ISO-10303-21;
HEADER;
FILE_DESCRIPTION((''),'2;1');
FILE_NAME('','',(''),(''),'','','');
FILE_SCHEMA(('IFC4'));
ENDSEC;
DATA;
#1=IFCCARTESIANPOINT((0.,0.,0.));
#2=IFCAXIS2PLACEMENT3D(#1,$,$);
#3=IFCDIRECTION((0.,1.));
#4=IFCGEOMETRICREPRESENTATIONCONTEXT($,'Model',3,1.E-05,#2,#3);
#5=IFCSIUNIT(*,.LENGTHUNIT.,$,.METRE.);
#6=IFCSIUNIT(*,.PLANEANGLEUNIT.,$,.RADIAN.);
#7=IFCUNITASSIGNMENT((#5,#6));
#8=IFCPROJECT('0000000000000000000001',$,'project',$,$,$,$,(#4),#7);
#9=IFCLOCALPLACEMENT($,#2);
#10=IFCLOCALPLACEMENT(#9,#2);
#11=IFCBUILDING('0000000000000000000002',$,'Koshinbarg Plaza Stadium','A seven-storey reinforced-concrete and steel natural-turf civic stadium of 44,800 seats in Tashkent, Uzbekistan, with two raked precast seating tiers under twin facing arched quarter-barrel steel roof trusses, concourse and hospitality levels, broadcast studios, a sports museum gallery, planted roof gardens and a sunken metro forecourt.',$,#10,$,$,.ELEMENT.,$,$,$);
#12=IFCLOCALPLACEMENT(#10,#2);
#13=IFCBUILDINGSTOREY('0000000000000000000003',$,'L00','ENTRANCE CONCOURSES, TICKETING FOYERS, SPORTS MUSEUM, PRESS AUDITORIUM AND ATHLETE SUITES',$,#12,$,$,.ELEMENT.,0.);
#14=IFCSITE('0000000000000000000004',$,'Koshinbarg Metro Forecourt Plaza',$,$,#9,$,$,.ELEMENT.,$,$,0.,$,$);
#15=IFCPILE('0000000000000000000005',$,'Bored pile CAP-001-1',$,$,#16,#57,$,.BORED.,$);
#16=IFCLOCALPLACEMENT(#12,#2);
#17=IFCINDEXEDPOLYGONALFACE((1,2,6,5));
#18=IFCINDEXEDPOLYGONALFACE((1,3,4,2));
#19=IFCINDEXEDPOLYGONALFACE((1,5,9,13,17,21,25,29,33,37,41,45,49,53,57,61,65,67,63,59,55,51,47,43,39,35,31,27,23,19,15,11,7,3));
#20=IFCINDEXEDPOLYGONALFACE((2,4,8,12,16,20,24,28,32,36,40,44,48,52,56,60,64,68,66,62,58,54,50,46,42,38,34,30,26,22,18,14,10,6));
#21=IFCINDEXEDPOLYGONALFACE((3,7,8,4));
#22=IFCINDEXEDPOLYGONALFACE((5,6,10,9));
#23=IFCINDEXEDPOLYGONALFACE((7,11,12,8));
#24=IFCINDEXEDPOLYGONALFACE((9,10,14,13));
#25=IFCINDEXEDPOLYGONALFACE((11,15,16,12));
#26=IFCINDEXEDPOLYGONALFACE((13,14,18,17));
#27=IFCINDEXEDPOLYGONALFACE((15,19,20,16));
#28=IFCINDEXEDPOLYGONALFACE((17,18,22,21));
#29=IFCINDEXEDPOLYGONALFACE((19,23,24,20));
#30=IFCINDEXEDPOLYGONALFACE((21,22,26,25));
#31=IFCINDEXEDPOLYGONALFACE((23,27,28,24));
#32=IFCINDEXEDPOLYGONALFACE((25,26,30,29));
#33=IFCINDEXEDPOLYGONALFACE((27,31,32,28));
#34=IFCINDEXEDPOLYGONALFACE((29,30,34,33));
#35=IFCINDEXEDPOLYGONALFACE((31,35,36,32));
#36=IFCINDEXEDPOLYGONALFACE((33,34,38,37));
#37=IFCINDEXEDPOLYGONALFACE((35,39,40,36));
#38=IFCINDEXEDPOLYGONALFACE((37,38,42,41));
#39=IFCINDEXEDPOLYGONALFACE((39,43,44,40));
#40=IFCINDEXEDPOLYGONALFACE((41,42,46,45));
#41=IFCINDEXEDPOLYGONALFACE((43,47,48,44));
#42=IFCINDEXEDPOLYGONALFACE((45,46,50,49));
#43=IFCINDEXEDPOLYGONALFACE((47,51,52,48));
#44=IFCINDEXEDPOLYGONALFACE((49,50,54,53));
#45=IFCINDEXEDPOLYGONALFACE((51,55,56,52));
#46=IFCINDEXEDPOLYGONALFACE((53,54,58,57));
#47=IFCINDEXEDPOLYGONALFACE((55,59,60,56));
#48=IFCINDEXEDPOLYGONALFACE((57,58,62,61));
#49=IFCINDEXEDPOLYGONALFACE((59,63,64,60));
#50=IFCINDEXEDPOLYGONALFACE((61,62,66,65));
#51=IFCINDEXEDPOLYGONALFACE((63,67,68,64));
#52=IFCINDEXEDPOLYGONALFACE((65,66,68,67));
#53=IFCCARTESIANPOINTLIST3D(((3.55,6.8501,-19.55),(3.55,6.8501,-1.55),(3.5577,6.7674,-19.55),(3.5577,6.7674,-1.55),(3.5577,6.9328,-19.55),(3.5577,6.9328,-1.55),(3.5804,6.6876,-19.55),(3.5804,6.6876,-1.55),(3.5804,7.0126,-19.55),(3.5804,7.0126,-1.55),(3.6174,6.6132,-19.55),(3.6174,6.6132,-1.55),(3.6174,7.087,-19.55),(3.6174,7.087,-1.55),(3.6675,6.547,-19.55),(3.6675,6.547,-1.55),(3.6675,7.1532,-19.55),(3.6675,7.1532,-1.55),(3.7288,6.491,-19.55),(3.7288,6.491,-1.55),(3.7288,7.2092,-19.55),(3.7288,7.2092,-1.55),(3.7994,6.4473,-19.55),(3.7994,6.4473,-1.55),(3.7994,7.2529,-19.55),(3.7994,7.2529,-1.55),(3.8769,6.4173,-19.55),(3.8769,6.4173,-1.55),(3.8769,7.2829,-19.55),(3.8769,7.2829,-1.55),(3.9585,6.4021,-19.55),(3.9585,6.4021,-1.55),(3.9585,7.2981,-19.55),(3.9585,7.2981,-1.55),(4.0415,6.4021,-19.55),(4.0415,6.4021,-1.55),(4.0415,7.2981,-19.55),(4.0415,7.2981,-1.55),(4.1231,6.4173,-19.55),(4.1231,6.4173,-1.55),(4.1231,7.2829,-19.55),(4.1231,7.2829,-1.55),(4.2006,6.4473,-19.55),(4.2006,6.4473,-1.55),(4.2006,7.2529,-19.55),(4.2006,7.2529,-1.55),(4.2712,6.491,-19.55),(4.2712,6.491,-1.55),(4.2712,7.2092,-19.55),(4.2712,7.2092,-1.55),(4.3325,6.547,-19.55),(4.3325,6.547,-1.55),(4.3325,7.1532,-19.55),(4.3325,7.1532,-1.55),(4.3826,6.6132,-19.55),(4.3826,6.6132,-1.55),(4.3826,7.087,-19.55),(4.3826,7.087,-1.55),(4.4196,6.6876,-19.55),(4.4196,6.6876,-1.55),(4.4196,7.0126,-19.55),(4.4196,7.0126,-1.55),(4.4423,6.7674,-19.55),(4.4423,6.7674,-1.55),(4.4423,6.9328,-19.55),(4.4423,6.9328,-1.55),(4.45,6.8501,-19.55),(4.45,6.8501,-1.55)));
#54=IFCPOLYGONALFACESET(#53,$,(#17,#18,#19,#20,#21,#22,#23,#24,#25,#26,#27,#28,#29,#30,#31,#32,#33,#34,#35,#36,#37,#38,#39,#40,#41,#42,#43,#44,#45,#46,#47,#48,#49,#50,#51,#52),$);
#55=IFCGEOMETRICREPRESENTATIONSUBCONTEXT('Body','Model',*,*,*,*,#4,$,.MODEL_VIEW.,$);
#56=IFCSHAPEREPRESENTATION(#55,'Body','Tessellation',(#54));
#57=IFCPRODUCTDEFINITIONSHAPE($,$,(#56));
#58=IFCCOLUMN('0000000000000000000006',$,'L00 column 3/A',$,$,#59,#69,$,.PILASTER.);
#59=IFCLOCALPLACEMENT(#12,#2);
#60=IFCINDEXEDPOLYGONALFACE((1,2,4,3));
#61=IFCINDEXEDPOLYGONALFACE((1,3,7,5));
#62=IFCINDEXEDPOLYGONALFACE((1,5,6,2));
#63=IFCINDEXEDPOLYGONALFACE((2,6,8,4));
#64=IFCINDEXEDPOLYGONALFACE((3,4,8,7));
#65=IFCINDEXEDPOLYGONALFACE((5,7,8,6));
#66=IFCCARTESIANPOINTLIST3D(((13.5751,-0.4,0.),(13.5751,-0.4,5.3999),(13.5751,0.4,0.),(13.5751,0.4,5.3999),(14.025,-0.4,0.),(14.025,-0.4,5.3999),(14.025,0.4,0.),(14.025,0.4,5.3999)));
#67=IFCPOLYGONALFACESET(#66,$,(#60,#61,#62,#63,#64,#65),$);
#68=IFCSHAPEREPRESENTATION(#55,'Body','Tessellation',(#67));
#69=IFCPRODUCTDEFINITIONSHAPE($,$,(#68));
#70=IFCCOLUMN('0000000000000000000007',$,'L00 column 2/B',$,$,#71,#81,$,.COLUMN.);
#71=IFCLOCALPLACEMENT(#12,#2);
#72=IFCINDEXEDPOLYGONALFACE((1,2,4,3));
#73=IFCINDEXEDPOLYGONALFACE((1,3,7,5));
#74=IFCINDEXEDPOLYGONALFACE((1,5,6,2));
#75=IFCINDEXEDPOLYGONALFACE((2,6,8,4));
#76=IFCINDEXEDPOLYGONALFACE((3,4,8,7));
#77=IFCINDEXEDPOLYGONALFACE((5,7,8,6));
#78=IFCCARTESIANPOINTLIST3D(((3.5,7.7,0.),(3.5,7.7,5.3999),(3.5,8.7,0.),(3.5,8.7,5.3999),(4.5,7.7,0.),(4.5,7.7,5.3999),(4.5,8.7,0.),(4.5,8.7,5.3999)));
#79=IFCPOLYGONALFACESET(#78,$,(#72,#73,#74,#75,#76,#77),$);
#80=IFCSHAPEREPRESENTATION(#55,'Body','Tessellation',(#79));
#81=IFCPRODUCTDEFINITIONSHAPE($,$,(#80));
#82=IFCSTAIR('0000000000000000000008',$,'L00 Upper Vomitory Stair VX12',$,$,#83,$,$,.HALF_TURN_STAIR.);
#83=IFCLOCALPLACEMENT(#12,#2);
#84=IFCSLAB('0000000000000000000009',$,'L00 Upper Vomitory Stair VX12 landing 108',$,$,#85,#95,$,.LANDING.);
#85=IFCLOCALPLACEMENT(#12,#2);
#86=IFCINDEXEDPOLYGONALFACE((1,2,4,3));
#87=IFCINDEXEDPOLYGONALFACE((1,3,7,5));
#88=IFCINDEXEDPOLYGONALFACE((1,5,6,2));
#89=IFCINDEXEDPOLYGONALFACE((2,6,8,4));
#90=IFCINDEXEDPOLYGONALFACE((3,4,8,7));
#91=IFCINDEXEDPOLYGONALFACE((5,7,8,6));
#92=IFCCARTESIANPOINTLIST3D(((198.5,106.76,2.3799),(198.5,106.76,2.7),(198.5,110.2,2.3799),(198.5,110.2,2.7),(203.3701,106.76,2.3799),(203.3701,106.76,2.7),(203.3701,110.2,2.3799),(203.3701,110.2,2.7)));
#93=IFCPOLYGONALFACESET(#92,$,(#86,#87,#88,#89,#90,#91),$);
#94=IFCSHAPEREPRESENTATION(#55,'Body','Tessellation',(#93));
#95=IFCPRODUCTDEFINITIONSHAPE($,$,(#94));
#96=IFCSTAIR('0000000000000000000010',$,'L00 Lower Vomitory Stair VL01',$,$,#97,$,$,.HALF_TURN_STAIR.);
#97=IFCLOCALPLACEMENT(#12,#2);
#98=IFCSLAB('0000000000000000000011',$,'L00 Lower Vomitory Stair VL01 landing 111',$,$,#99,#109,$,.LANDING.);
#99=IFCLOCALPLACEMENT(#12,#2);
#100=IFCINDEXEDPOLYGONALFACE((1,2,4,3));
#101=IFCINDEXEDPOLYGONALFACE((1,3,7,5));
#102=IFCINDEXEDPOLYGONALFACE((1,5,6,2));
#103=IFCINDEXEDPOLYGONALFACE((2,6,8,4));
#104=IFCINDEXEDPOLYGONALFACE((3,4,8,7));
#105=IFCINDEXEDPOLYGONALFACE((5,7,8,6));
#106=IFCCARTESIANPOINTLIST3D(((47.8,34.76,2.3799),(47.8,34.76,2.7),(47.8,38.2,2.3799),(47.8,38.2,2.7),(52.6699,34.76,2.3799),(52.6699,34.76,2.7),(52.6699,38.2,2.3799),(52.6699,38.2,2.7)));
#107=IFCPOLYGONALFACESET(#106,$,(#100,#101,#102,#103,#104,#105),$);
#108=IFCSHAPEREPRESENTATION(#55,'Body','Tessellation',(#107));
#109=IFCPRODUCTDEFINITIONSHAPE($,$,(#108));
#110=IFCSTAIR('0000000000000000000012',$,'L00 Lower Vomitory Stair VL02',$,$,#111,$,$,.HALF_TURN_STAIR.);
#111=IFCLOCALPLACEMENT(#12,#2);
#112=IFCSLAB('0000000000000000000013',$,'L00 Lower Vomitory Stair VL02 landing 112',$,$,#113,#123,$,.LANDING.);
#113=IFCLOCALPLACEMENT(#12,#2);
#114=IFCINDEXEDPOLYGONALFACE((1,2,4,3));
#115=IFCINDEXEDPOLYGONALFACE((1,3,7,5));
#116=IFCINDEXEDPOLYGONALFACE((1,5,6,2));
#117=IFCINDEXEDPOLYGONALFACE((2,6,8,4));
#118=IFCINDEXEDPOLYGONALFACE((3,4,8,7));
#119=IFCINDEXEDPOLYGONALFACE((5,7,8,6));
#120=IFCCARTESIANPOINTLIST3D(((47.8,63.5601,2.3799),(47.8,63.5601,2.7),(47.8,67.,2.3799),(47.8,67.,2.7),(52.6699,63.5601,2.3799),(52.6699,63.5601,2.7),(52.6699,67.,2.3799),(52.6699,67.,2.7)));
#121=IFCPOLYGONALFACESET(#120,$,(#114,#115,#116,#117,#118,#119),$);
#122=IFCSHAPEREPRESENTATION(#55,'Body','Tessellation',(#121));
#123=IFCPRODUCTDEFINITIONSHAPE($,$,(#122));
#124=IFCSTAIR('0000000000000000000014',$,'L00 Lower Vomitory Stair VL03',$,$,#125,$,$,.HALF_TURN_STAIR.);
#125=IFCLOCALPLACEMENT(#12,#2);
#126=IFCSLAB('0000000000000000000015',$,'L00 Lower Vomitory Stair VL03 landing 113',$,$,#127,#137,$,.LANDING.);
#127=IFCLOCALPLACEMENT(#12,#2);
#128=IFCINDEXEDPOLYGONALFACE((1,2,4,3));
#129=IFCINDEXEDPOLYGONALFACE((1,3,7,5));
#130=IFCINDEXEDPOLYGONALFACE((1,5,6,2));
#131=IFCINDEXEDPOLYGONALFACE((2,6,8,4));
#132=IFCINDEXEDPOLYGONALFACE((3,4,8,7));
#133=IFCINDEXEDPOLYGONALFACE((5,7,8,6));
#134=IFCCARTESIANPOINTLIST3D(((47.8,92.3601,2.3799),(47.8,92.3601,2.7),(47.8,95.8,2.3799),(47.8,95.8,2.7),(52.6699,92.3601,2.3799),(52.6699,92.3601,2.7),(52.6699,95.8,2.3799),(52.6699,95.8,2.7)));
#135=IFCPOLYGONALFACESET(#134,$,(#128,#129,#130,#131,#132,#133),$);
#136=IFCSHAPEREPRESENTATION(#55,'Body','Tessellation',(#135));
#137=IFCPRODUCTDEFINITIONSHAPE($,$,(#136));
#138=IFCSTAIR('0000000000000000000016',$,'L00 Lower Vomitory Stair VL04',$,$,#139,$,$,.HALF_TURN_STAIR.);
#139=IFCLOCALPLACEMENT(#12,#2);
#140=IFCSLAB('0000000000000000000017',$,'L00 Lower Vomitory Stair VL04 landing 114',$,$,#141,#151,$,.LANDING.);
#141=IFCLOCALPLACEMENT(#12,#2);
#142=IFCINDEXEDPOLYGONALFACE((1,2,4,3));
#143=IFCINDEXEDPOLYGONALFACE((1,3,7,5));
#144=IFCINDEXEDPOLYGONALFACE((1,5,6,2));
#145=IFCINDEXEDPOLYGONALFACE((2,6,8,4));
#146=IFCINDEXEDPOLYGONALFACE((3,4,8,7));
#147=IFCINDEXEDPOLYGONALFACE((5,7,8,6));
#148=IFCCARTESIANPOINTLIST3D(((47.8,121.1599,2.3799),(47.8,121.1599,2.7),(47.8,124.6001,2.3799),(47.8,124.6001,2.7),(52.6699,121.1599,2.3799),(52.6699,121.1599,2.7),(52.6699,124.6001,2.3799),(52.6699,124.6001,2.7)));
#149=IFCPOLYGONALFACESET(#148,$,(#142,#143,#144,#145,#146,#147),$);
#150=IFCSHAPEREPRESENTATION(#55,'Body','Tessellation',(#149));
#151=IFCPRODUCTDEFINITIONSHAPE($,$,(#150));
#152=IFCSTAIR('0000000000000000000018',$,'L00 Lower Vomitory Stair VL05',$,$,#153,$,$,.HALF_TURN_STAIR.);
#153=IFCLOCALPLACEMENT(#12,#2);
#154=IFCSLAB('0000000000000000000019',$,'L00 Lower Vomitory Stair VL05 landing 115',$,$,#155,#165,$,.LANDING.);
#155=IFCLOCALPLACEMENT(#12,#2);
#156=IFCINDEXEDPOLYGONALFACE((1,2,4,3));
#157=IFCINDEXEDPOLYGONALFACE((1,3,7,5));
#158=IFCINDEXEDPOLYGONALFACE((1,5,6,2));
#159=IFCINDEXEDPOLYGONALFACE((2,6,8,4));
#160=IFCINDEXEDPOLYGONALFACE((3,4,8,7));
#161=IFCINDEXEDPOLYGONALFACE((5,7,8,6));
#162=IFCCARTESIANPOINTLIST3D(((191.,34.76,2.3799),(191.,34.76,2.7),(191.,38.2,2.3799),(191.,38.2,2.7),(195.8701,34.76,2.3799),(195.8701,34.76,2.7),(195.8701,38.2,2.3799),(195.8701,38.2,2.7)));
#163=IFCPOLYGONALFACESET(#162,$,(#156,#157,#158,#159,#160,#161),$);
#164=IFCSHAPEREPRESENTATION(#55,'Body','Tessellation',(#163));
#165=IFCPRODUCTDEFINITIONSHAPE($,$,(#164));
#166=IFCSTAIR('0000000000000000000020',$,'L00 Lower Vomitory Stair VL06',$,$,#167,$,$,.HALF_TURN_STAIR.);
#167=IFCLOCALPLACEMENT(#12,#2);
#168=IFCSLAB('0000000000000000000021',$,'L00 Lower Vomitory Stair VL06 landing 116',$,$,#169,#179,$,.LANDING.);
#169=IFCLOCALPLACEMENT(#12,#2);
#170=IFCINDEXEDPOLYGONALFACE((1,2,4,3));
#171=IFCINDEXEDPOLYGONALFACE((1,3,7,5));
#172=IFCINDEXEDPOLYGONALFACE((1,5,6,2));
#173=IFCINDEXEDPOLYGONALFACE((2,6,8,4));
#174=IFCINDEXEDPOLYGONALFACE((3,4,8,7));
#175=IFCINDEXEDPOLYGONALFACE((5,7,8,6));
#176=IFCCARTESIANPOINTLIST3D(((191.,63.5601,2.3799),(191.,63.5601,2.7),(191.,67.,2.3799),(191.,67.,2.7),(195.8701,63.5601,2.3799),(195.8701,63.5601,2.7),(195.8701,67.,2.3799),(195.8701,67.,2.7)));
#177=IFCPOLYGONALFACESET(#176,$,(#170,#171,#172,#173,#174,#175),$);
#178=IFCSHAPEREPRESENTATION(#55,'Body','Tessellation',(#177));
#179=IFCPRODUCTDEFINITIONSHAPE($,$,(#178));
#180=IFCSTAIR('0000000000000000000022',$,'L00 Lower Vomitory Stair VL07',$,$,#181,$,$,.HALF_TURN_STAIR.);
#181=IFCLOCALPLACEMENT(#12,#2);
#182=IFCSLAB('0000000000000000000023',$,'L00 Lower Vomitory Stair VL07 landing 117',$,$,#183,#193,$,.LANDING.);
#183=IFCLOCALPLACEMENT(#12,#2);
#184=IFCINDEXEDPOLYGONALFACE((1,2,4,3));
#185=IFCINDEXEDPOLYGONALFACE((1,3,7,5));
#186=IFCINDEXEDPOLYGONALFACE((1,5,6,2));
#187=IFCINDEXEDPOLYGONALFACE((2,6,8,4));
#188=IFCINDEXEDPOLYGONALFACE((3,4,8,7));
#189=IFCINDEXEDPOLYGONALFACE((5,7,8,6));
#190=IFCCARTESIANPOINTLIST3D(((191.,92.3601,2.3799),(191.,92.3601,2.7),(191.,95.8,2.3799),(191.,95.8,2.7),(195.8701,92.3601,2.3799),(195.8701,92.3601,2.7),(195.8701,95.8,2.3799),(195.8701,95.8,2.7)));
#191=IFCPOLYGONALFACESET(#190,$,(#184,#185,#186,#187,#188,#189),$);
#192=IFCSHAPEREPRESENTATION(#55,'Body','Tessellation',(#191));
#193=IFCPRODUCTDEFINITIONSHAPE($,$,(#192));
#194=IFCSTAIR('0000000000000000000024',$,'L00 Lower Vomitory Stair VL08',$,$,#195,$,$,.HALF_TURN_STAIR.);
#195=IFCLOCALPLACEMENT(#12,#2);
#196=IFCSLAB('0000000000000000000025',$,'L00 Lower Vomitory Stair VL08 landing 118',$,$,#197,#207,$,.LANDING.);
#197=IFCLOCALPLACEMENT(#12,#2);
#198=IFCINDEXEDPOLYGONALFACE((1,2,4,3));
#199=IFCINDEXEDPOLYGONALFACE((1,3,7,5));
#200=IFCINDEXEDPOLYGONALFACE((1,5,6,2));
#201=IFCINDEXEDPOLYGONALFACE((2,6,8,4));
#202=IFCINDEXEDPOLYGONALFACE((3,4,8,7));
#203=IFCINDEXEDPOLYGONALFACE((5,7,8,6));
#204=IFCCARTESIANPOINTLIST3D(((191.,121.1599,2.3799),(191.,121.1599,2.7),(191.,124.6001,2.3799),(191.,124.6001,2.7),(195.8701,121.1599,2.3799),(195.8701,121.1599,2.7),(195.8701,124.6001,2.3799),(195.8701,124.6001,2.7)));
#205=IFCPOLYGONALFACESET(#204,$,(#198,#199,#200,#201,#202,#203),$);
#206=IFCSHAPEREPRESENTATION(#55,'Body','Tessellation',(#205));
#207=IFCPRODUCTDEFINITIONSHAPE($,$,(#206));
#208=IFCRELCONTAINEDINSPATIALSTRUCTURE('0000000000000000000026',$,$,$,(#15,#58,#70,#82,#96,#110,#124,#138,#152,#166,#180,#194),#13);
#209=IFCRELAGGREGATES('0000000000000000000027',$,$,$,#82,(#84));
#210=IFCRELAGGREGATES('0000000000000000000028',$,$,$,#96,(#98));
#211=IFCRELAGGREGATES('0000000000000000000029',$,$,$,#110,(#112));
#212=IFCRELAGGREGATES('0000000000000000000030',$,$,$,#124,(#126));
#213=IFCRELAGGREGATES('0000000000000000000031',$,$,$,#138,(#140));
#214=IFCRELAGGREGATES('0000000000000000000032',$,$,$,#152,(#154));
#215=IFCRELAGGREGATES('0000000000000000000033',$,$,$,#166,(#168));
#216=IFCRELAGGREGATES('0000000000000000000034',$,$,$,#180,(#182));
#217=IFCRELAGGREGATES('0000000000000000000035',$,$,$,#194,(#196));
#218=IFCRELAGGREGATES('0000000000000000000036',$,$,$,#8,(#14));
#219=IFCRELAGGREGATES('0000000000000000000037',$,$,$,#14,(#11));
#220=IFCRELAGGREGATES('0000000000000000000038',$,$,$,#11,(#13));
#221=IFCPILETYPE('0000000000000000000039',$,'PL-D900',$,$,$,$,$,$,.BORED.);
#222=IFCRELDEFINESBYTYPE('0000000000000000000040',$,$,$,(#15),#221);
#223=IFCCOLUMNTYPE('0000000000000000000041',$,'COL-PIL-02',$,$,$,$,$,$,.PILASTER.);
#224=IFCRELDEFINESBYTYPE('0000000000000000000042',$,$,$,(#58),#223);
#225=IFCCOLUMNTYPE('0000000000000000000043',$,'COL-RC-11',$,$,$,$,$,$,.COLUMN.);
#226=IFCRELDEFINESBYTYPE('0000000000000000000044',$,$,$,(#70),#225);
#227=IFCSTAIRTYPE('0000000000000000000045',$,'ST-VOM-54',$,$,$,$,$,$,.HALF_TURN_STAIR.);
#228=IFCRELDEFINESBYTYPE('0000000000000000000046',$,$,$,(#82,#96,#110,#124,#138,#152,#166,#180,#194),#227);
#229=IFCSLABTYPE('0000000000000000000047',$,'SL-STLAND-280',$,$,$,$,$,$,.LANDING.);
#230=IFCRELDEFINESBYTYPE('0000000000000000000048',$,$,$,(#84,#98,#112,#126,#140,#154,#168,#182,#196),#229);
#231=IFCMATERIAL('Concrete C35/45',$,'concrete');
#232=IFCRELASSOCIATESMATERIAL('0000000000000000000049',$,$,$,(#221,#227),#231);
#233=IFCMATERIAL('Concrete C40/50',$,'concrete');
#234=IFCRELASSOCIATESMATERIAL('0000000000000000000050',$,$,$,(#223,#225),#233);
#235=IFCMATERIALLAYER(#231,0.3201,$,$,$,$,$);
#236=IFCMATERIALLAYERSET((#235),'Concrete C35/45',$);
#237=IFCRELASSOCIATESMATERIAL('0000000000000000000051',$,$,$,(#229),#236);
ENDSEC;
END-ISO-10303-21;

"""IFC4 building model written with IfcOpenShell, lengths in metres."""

from ifc_helpers import new_model, si_unit, direction, frame, origin, origin_2d, place, context, subcontext, project, spatial, polyline, rectangle, circle, outline, extrude, material, layer, layer_set, material_profile, profile_set, type_object, element, aggregate, save


model = new_model("IFC4")

# Units and contexts
model_context = context("Model", 3, precision=1e-05, world=origin(), true_north=direction((0.0, 1.0)))
body_context = subcontext(model_context, "Body", "Model", "MODEL_VIEW")
ifc_project = project(units=[si_unit("LENGTHUNIT", "METRE"), si_unit("PLANEANGLEUNIT", "RADIAN")], contexts=[model_context])

# Site, building, storey
site_placement = place(None, origin())
site = spatial("IfcSite", under=ifc_project, at=site_placement, Name="Koshinbarg Metro Forecourt Plaza", CompositionType="ELEMENT", RefElevation=0.0)
building_placement = place(site_placement, origin())
building = spatial("IfcBuilding", under=site, at=building_placement, Name="Koshinbarg Plaza Stadium", Description="A seven-storey reinforced-concrete and steel natural-turf civic stadium of 44,800 seats in Tashkent, Uzbekistan, with two raked precast seating tiers under twin facing arched quarter-barrel steel roof trusses, concourse and hospitality levels, broadcast studios, a sports museum gallery, planted roof gardens and a sunken metro forecourt.", CompositionType="ELEMENT")
storey_placement = place(building_placement, origin())
storey = spatial("IfcBuildingStorey", under=building, at=storey_placement, Name="L00", Description="ENTRANCE CONCOURSES, TICKETING FOYERS, SPORTS MUSEUM, PRESS AUDITORIUM AND ATHLETE SUITES", CompositionType="ELEMENT", Elevation=0.0)

# Shared definitions
ifc_material_1 = material(Name="Concrete C35/45", Category="concrete")

# Pile
ifc_material_profile_1 = material_profile(ifc_material_1, circle(Radius=0.45, at=origin_2d()), Name="PILE D900")
ifc_profile_set_1 = profile_set([ifc_material_profile_1], Name="Concrete C35/45")
pile_type_1 = type_object("IfcPileType", Name="PL-D900", PredefinedType="BORED", material=ifc_profile_set_1)
pile_1_placement = place(storey_placement, frame((4.0, 6.8501, -1.55), z_axis=(0.0, 0.0, -1.0), x_axis=(1.0, 0.0, 0.0)))
element("IfcPile", 1, at=pile_1_placement, inside=storey, type_object=pile_type_1, Name="Bored pile CAP-001-1", PredefinedType="BORED", context=body_context, shape_type="SweptSolid", body=[
    extrude(circle(Radius=0.45, at=origin_2d()), origin(), (0.0, 0.0, 1.0), 18.0),
])

# Columns
ifc_material_2 = material(Name="Concrete C40/50", Category="concrete")
ifc_material_profile_2 = material_profile(ifc_material_2, rectangle(XDim=0.45, YDim=0.8, at=origin_2d()), Name="PIL 450x800")
ifc_profile_set_2 = profile_set([ifc_material_profile_2], Name="Concrete C40/50")
column_type_1 = type_object("IfcColumnType", Name="COL-PIL-02", PredefinedType="PILASTER", material=ifc_profile_set_2)
column_1_placement = place(storey_placement, frame((13.8, 0.0, 0.0), z_axis=(0.0, 0.0, 1.0), x_axis=(1.0, 0.0, 0.0)))
element("IfcColumn", 2, at=column_1_placement, inside=storey, type_object=column_type_1, Name="L00 column 3/A", PredefinedType="PILASTER", context=body_context, shape_type="SweptSolid", body=[
    extrude(rectangle(XDim=0.45, YDim=0.8, at=origin_2d()), origin(), (0.0, 0.0, 1.0), 5.3999),
])
ifc_material_profile_3 = material_profile(ifc_material_2, rectangle(XDim=1.0, YDim=1.0, at=origin_2d()), Name="RC 1000x1000")
ifc_profile_set_3 = profile_set([ifc_material_profile_3], Name="Concrete C40/50")
column_type_2 = type_object("IfcColumnType", Name="COL-RC-11", PredefinedType="COLUMN", material=ifc_profile_set_3)
column_2_placement = place(storey_placement, frame((4.0, 8.2, 0.0), z_axis=(0.0, 0.0, 1.0), x_axis=(1.0, 0.0, 0.0)))
element("IfcColumn", 3, at=column_2_placement, inside=storey, type_object=column_type_2, Name="L00 column 2/B", PredefinedType="COLUMN", context=body_context, shape_type="SweptSolid", body=[
    extrude(rectangle(XDim=1.0, YDim=1.0, at=origin_2d()), origin(), (0.0, 0.0, 1.0), 5.3999),
])

# Stairs, slabs
stair_type = type_object("IfcStairType", Name="ST-VOM-54", PredefinedType="HALF_TURN_STAIR", material=ifc_material_1)
stair_1_placement = place(storey_placement, origin())
stair_1 = element("IfcStair", 4, at=stair_1_placement, inside=storey, type_object=stair_type, Name="L00 Upper Vomitory Stair VX12", PredefinedType="HALF_TURN_STAIR")
ifc_layer_1 = layer(ifc_material_1, 0.3201)
ifc_layer_set_1 = layer_set([ifc_layer_1], Name="Concrete C35/45")
slab_type = type_object("IfcSlabType", Name="SL-STLAND-280", PredefinedType="LANDING", material=ifc_layer_set_1)
slab_1_placement = place(storey_placement, frame((0.0, 0.0, 2.3799)))
slab_1 = element("IfcSlab", 5, at=slab_1_placement, type_object=slab_type, Name="L00 Upper Vomitory Stair VX12 landing 108", PredefinedType="LANDING", context=body_context, shape_type="SweptSolid", body=[
    extrude(outline(polyline([(203.3701, 106.76), (203.3701, 110.2), (198.5, 110.2), (198.5, 106.76), (203.3701, 106.76)])), origin(), (0.0, 0.0, 1.0), 0.3201),
])
aggregate(stair_1, [slab_1])
stair_2_placement = place(storey_placement, origin())
stair_2 = element("IfcStair", 6, at=stair_2_placement, inside=storey, type_object=stair_type, Name="L00 Lower Vomitory Stair VL01", PredefinedType="HALF_TURN_STAIR")
slab_2_placement = place(storey_placement, frame((0.0, 0.0, 2.3799)))
slab_2 = element("IfcSlab", 7, at=slab_2_placement, type_object=slab_type, Name="L00 Lower Vomitory Stair VL01 landing 111", PredefinedType="LANDING", context=body_context, shape_type="SweptSolid", body=[
    extrude(outline(polyline([(52.6699, 34.76), (52.6699, 38.2), (47.8, 38.2), (47.8, 34.76), (52.6699, 34.76)])), origin(), (0.0, 0.0, 1.0), 0.3201),
])
aggregate(stair_2, [slab_2])
stair_3_placement = place(storey_placement, origin())
stair_3 = element("IfcStair", 8, at=stair_3_placement, inside=storey, type_object=stair_type, Name="L00 Lower Vomitory Stair VL02", PredefinedType="HALF_TURN_STAIR")
slab_3_placement = place(storey_placement, frame((0.0, 0.0, 2.3799)))
slab_3 = element("IfcSlab", 9, at=slab_3_placement, type_object=slab_type, Name="L00 Lower Vomitory Stair VL02 landing 112", PredefinedType="LANDING", context=body_context, shape_type="SweptSolid", body=[
    extrude(outline(polyline([(52.6699, 63.5601), (52.6699, 67.0), (47.8, 67.0), (47.8, 63.5601), (52.6699, 63.5601)])), origin(), (0.0, 0.0, 1.0), 0.3201),
])
aggregate(stair_3, [slab_3])
stair_4_placement = place(storey_placement, origin())
stair_4 = element("IfcStair", 10, at=stair_4_placement, inside=storey, type_object=stair_type, Name="L00 Lower Vomitory Stair VL03", PredefinedType="HALF_TURN_STAIR")
slab_4_placement = place(storey_placement, frame((0.0, 0.0, 2.3799)))
slab_4 = element("IfcSlab", 11, at=slab_4_placement, type_object=slab_type, Name="L00 Lower Vomitory Stair VL03 landing 113", PredefinedType="LANDING", context=body_context, shape_type="SweptSolid", body=[
    extrude(outline(polyline([(52.6699, 92.3601), (52.6699, 95.8), (47.8, 95.8), (47.8, 92.3601), (52.6699, 92.3601)])), origin(), (0.0, 0.0, 1.0), 0.3201),
])
aggregate(stair_4, [slab_4])
stair_5_placement = place(storey_placement, origin())
stair_5 = element("IfcStair", 12, at=stair_5_placement, inside=storey, type_object=stair_type, Name="L00 Lower Vomitory Stair VL04", PredefinedType="HALF_TURN_STAIR")
slab_5_placement = place(storey_placement, frame((0.0, 0.0, 2.3799)))
slab_5 = element("IfcSlab", 13, at=slab_5_placement, type_object=slab_type, Name="L00 Lower Vomitory Stair VL04 landing 114", PredefinedType="LANDING", context=body_context, shape_type="SweptSolid", body=[
    extrude(outline(polyline([(52.6699, 121.1599), (52.6699, 124.6001), (47.8, 124.6001), (47.8, 121.1599), (52.6699, 121.1599)])), origin(), (0.0, 0.0, 1.0), 0.3201),
])
aggregate(stair_5, [slab_5])
stair_6_placement = place(storey_placement, origin())
stair_6 = element("IfcStair", 14, at=stair_6_placement, inside=storey, type_object=stair_type, Name="L00 Lower Vomitory Stair VL05", PredefinedType="HALF_TURN_STAIR")
slab_6_placement = place(storey_placement, frame((0.0, 0.0, 2.3799)))
slab_6 = element("IfcSlab", 15, at=slab_6_placement, type_object=slab_type, Name="L00 Lower Vomitory Stair VL05 landing 115", PredefinedType="LANDING", context=body_context, shape_type="SweptSolid", body=[
    extrude(outline(polyline([(195.8701, 34.76), (195.8701, 38.2), (191.0, 38.2), (191.0, 34.76), (195.8701, 34.76)])), origin(), (0.0, 0.0, 1.0), 0.3201),
])
aggregate(stair_6, [slab_6])
stair_7_placement = place(storey_placement, origin())
stair_7 = element("IfcStair", 16, at=stair_7_placement, inside=storey, type_object=stair_type, Name="L00 Lower Vomitory Stair VL06", PredefinedType="HALF_TURN_STAIR")
slab_7_placement = place(storey_placement, frame((0.0, 0.0, 2.3799)))
slab_7 = element("IfcSlab", 17, at=slab_7_placement, type_object=slab_type, Name="L00 Lower Vomitory Stair VL06 landing 116", PredefinedType="LANDING", context=body_context, shape_type="SweptSolid", body=[
    extrude(outline(polyline([(195.8701, 63.5601), (195.8701, 67.0), (191.0, 67.0), (191.0, 63.5601), (195.8701, 63.5601)])), origin(), (0.0, 0.0, 1.0), 0.3201),
])
aggregate(stair_7, [slab_7])
stair_8_placement = place(storey_placement, origin())
stair_8 = element("IfcStair", 18, at=stair_8_placement, inside=storey, type_object=stair_type, Name="L00 Lower Vomitory Stair VL07", PredefinedType="HALF_TURN_STAIR")
slab_8_placement = place(storey_placement, frame((0.0, 0.0, 2.3799)))
slab_8 = element("IfcSlab", 19, at=slab_8_placement, type_object=slab_type, Name="L00 Lower Vomitory Stair VL07 landing 117", PredefinedType="LANDING", context=body_context, shape_type="SweptSolid", body=[
    extrude(outline(polyline([(195.8701, 92.3601), (195.8701, 95.8), (191.0, 95.8), (191.0, 92.3601), (195.8701, 92.3601)])), origin(), (0.0, 0.0, 1.0), 0.3201),
])
aggregate(stair_8, [slab_8])
stair_9_placement = place(storey_placement, origin())
stair_9 = element("IfcStair", 20, at=stair_9_placement, inside=storey, type_object=stair_type, Name="L00 Lower Vomitory Stair VL08", PredefinedType="HALF_TURN_STAIR")
slab_9_placement = place(storey_placement, frame((0.0, 0.0, 2.3799)))
slab_9 = element("IfcSlab", 21, at=slab_9_placement, type_object=slab_type, Name="L00 Lower Vomitory Stair VL08 landing 118", PredefinedType="LANDING", context=body_context, shape_type="SweptSolid", body=[
    extrude(outline(polyline([(195.8701, 121.1599), (195.8701, 124.6001), (191.0, 124.6001), (191.0, 121.1599), (195.8701, 121.1599)])), origin(), (0.0, 0.0, 1.0), 0.3201),
])
aggregate(stair_9, [slab_9])

save(model, "model.ifc")
